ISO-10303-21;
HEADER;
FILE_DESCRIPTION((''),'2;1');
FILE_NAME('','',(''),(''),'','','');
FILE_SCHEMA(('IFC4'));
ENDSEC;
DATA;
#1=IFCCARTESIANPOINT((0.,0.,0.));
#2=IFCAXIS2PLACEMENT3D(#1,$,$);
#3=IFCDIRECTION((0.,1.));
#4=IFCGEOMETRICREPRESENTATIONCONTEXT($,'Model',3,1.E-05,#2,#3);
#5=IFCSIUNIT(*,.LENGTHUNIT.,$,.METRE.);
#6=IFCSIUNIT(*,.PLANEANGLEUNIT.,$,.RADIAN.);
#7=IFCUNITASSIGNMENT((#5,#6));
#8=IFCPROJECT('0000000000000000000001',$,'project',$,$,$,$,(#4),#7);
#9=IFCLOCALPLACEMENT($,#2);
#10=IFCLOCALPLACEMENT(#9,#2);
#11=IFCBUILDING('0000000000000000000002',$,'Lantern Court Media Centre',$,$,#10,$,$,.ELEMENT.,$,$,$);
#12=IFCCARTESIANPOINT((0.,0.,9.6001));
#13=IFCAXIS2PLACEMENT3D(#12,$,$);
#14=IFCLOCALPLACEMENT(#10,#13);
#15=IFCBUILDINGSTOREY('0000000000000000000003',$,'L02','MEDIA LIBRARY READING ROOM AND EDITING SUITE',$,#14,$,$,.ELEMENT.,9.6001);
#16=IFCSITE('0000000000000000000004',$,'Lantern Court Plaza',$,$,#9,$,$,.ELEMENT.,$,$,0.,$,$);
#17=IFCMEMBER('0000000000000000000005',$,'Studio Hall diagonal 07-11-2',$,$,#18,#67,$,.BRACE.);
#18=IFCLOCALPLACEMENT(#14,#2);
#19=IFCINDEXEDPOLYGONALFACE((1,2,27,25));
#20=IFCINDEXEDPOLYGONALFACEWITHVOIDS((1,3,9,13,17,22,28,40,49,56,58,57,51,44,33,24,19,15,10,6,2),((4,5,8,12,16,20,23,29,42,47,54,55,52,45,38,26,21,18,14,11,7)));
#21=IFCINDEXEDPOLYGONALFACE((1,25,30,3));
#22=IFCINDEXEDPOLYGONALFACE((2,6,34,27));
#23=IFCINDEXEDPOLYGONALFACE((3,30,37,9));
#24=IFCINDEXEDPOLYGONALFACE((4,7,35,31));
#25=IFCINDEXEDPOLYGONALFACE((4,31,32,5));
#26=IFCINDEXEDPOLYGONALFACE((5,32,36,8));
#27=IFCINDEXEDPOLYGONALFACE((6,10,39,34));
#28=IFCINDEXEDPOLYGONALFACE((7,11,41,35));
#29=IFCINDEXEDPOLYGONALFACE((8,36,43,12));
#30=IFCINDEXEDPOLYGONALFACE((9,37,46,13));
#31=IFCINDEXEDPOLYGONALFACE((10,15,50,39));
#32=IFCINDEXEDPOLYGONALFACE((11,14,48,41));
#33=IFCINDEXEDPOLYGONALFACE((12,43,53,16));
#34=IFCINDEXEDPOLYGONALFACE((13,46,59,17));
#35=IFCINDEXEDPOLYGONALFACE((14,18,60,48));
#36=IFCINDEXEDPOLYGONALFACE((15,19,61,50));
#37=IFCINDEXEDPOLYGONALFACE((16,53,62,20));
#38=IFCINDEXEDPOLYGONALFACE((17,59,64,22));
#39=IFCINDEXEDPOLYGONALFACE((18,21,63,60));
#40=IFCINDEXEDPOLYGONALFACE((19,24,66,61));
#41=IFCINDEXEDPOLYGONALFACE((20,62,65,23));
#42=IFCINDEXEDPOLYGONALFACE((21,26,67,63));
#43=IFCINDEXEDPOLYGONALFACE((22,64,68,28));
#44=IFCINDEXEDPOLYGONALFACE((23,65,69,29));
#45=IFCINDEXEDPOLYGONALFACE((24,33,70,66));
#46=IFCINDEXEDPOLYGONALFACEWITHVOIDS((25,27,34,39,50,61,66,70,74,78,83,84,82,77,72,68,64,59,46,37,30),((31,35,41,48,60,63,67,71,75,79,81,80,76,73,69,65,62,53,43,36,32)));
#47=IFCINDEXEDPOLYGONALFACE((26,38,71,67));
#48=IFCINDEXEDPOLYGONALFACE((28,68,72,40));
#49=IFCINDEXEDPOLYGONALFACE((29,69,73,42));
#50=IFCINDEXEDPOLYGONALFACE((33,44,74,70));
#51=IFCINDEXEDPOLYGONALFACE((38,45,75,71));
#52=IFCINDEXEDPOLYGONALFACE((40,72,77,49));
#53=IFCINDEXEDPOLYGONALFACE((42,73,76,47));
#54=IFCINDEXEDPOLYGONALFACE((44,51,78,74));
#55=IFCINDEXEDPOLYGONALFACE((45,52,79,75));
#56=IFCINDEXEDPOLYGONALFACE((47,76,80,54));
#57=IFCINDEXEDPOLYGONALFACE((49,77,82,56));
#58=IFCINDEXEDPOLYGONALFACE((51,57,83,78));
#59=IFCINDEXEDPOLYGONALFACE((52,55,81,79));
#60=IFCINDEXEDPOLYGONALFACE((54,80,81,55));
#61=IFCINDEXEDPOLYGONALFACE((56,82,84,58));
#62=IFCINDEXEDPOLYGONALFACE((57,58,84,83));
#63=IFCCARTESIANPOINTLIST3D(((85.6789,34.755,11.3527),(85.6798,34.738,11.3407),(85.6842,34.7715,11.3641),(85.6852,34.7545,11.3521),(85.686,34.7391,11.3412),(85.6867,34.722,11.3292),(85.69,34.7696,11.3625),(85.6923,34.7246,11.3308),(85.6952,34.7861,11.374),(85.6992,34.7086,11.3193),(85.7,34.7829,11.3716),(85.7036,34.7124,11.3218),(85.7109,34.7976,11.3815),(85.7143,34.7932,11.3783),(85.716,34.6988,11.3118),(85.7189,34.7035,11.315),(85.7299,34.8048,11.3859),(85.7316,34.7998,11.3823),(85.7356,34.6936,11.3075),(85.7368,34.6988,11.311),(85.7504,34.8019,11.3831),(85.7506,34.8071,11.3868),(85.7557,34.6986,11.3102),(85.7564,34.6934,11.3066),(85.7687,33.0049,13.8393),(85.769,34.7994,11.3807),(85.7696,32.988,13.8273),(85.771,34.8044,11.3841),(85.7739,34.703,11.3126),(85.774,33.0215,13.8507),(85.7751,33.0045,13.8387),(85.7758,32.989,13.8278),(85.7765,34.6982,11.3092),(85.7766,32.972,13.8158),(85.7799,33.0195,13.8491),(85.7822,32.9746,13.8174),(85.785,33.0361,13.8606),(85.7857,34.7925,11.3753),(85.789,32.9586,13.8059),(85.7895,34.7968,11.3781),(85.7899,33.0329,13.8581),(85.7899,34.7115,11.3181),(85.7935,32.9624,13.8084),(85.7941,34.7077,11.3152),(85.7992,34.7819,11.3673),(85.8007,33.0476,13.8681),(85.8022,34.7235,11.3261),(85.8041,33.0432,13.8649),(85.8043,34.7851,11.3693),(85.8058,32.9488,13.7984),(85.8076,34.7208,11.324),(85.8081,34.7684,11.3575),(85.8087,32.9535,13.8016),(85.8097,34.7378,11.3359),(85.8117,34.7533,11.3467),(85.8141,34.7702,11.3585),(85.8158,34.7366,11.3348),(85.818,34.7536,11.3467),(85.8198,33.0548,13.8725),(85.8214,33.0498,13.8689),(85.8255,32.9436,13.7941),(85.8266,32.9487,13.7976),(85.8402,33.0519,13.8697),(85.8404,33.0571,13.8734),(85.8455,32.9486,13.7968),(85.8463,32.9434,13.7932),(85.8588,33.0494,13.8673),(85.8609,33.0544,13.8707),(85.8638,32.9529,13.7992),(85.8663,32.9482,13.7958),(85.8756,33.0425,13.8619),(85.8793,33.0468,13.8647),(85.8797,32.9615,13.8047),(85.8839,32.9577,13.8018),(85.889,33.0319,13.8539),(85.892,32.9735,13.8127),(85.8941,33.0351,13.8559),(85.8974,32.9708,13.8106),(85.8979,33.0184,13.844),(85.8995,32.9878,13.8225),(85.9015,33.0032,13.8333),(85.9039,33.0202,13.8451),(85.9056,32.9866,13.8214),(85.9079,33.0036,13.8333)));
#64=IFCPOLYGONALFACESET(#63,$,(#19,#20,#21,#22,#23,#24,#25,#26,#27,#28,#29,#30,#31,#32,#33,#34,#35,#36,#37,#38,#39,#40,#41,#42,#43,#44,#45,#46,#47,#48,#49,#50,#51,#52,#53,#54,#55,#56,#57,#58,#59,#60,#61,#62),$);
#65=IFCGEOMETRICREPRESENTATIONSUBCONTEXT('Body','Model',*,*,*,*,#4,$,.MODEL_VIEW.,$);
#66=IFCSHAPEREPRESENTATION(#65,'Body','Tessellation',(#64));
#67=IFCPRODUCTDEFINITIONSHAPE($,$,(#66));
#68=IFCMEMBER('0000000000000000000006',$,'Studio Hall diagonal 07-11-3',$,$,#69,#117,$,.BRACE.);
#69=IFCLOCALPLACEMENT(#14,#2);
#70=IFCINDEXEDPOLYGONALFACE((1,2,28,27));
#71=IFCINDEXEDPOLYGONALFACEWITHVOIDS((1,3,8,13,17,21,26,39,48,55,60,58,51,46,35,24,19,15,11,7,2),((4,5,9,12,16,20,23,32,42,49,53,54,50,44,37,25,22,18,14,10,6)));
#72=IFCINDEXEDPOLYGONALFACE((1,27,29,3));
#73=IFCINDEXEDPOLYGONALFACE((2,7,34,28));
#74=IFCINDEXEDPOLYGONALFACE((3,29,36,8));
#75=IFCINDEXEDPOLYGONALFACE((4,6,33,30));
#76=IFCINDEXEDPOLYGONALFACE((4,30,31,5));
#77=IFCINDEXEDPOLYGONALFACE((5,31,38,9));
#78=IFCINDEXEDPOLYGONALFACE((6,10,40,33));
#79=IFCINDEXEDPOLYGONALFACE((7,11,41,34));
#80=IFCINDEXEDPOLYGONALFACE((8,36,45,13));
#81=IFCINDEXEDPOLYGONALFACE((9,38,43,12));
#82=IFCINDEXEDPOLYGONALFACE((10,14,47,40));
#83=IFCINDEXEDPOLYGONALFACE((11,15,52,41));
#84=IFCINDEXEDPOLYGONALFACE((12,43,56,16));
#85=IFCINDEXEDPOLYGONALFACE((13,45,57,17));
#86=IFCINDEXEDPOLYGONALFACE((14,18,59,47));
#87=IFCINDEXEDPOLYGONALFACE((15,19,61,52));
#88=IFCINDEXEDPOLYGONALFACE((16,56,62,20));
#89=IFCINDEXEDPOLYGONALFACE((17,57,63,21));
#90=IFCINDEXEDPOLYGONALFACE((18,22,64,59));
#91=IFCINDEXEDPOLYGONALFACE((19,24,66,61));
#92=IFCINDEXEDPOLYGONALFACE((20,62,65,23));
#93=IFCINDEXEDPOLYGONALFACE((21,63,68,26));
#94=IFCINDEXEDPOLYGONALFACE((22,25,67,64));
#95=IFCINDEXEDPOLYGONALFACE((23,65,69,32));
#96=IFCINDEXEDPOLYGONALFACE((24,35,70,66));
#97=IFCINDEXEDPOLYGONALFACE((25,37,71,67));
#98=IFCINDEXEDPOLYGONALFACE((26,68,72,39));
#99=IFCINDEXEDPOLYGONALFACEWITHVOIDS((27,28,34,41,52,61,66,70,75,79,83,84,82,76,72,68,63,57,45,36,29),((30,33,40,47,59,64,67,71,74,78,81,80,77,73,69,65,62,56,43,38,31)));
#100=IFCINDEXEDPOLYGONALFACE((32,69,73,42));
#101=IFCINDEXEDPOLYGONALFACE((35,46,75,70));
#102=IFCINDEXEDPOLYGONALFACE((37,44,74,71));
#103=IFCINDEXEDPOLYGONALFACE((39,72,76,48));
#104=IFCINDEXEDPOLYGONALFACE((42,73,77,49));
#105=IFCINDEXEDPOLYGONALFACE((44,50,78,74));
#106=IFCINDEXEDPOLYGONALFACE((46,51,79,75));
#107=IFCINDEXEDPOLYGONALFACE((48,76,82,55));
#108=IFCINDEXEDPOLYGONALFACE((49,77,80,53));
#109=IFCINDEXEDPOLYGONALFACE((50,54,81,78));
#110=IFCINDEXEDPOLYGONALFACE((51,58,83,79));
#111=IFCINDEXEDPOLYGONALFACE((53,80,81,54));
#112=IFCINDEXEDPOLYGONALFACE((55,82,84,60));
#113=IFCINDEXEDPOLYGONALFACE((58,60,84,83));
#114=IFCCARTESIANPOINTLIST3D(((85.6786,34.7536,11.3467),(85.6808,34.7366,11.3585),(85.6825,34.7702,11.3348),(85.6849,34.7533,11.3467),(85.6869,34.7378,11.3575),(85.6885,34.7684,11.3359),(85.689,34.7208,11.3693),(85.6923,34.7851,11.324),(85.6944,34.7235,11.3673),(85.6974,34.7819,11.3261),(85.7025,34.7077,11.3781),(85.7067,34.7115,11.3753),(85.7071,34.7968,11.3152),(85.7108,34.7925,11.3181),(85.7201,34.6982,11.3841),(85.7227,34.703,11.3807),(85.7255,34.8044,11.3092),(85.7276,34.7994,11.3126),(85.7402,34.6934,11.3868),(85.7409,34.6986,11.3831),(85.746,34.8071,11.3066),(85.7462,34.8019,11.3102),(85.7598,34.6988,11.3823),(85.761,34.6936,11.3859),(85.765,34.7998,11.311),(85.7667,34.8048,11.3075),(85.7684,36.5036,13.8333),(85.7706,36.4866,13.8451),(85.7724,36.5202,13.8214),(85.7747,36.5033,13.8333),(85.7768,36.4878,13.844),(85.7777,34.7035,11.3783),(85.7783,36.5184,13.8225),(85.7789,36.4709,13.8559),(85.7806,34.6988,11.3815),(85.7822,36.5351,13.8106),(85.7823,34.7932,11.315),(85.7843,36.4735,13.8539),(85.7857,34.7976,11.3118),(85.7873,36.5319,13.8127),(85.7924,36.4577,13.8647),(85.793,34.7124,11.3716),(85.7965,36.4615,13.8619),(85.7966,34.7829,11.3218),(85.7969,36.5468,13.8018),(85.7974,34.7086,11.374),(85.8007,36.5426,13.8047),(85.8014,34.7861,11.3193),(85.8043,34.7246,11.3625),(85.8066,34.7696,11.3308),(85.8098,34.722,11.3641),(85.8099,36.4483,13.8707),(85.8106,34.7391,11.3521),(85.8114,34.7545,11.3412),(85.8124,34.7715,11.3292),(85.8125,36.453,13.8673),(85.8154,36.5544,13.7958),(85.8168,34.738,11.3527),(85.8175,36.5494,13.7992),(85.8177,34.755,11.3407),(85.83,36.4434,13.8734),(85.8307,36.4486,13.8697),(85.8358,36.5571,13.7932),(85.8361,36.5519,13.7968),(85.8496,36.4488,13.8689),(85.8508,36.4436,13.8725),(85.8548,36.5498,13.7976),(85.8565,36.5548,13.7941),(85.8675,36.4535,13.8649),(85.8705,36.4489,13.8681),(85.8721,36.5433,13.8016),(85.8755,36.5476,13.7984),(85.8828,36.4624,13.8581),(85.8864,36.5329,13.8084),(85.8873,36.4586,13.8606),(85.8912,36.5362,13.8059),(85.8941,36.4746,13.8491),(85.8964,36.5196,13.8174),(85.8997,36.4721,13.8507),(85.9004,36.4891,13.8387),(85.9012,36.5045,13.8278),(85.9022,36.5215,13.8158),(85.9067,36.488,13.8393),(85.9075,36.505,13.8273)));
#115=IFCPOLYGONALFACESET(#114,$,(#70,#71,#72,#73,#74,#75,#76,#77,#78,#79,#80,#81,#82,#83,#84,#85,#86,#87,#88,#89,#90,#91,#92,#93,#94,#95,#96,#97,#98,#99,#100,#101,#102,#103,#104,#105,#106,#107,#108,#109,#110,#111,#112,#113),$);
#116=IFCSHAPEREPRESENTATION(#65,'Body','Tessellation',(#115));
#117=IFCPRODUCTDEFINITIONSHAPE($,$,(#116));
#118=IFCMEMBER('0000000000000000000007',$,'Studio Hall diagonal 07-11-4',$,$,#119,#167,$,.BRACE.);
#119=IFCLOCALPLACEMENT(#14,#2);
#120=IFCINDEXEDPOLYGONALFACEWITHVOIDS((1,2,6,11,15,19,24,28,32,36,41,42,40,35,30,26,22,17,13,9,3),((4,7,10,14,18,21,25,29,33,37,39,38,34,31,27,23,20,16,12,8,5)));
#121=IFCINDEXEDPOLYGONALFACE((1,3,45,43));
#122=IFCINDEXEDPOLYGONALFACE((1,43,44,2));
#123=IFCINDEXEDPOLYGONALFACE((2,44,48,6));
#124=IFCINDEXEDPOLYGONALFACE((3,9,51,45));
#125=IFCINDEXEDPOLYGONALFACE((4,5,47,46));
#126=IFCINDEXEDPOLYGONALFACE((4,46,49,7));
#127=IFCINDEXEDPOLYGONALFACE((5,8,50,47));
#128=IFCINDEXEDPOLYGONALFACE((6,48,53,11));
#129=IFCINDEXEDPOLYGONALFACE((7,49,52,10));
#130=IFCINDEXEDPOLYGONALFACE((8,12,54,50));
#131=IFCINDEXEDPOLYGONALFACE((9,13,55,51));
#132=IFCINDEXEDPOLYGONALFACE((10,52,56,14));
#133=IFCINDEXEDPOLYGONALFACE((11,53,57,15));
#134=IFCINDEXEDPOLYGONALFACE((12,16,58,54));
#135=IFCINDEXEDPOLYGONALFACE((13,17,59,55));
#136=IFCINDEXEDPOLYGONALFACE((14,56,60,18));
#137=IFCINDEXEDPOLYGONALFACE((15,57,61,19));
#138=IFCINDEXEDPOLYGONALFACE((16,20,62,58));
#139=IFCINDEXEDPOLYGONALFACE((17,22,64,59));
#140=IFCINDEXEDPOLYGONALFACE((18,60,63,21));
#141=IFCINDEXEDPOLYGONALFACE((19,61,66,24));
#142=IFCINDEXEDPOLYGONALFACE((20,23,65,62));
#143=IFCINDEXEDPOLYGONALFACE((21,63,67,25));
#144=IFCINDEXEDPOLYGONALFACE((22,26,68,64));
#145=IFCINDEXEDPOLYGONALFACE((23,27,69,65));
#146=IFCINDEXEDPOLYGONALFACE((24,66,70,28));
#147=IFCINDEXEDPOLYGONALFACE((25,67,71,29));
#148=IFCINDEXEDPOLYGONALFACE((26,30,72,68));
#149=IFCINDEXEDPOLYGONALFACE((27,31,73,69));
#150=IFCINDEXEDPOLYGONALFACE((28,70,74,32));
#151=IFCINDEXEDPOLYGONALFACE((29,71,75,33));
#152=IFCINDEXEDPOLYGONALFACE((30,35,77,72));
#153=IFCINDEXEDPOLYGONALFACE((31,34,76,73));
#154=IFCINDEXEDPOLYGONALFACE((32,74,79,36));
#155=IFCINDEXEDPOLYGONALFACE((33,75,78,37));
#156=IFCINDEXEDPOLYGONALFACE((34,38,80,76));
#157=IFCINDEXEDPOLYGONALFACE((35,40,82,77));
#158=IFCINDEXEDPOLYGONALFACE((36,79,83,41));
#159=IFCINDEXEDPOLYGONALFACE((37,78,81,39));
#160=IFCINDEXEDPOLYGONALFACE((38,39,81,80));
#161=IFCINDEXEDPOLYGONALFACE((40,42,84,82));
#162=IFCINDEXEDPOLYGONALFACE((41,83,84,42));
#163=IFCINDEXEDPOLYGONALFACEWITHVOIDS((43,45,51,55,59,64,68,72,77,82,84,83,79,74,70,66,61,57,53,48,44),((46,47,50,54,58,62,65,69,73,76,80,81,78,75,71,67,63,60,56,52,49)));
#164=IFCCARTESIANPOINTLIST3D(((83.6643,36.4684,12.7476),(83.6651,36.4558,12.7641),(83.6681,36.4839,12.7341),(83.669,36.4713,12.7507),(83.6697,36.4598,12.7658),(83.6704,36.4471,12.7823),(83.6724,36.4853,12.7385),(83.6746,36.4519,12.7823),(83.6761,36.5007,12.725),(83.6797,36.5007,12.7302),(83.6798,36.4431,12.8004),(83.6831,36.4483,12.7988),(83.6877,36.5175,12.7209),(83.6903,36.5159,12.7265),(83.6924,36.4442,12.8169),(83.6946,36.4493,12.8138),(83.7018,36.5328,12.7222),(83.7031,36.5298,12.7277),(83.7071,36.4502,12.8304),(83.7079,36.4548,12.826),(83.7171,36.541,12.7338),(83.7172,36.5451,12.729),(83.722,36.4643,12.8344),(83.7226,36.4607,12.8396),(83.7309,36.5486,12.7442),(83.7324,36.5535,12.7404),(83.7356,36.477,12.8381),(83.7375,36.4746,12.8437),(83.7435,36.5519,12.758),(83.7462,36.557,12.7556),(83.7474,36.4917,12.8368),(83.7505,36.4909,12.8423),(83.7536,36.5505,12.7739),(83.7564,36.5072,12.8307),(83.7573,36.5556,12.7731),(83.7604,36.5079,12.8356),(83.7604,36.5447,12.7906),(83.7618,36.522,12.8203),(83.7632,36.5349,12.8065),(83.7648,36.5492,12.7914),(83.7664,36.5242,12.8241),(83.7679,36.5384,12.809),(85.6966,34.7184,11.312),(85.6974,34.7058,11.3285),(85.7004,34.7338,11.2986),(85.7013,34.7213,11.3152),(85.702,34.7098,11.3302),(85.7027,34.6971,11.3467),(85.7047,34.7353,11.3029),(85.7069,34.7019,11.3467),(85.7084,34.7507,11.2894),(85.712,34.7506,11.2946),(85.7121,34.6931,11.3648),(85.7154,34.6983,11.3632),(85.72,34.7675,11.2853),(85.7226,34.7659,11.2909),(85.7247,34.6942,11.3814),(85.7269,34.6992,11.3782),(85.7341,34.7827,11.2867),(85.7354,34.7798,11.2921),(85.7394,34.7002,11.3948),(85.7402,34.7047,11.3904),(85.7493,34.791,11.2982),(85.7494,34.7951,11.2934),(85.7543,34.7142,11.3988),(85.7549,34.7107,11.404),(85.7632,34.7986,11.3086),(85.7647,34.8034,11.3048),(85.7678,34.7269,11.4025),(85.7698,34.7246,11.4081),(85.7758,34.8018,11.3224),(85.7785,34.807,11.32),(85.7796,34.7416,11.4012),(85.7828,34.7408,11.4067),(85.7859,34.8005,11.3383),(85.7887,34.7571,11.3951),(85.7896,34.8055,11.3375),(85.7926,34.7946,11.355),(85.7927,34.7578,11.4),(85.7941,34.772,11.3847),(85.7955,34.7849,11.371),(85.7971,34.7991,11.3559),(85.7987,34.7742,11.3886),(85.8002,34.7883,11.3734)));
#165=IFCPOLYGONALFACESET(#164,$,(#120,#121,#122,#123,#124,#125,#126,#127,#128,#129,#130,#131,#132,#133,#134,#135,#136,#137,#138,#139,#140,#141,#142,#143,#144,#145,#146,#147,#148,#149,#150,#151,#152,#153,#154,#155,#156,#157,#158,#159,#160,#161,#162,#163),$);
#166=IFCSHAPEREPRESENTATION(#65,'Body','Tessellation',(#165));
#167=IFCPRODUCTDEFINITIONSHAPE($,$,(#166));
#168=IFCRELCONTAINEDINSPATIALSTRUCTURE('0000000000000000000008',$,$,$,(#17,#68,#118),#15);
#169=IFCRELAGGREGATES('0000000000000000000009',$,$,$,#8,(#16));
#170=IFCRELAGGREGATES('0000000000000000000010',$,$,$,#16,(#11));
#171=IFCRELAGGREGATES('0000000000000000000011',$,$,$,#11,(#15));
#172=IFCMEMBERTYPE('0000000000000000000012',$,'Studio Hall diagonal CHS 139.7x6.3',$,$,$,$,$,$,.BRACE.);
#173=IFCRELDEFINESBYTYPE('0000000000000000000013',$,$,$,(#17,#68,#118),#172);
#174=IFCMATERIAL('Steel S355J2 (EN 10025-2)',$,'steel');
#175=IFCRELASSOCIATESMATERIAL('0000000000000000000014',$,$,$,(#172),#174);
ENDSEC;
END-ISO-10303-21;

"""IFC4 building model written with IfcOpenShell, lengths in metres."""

from ifc_helpers import new_model, si_unit, direction, frame, origin, origin_2d, place, context, subcontext, project, spatial, hollow_circle, extrude, material, material_profile, profile_set, type_object, element, save


model = new_model("IFC4")

# Units and contexts
model_context = context("Model", 3, precision=1e-05, world=origin(), true_north=direction((0.0, 1.0)))
body_context = subcontext(model_context, "Body", "Model", "MODEL_VIEW")
ifc_project = project(units=[si_unit("LENGTHUNIT", "METRE"), si_unit("PLANEANGLEUNIT", "RADIAN")], contexts=[model_context])

# Site, building, storey
site_placement = place(None, origin())
site = spatial("IfcSite", under=ifc_project, at=site_placement, Name="Lantern Court Plaza", CompositionType="ELEMENT", RefElevation=0.0)
building_placement = place(site_placement, origin())
building = spatial("IfcBuilding", under=site, at=building_placement, Name="Lantern Court Media Centre", CompositionType="ELEMENT")
storey_placement = place(building_placement, frame((0.0, 0.0, 9.6001)))
storey = spatial("IfcBuildingStorey", under=building, at=storey_placement, Name="L02", Description="MEDIA LIBRARY READING ROOM AND EDITING SUITE", CompositionType="ELEMENT", Elevation=9.6001)

# Members
ifc_material = material(Name="Steel S355J2 (EN 10025-2)", Category="steel")
ifc_material_profile_1 = material_profile(ifc_material, hollow_circle(Radius=0.0698, WallThickness=0.0063, at=origin_2d()), Name="Studio Hall diagonal CHS 139.7x6.3")
ifc_profile_set_1 = profile_set([ifc_material_profile_1], Name="Steel S355J2 (EN 10025-2)")
member_type_1 = type_object("IfcMemberType", Name="Studio Hall diagonal CHS 139.7x6.3", PredefinedType="BRACE", material=ifc_profile_set_1)
for number, where, z_axis, x_axis, name in (
    (1, (85.7483, 34.75, 11.3467), (0.029535, -0.575284, 0.81742), (0.998685, 0.051272, 0.0), "Studio Hall diagonal 07-11-2"),
    (2, (85.7483, 34.75, 11.3467), (0.029535, 0.575284, 0.81742), (-0.998685, 0.051272, 0.0), "Studio Hall diagonal 07-11-3"),
    (3, (85.7483, 34.75, 11.3467), (-0.668075, 0.575296, 0.471922), (-0.652529, -0.757764, 0.0), "Studio Hall diagonal 07-11-4"),
):
    element("IfcMember", number, at=place(storey_placement, frame(where, z_axis=z_axis, x_axis=x_axis)), inside=storey, type_object=member_type_1, Name=name, PredefinedType="BRACE", context=body_context, shape_type="SweptSolid", body=[
        extrude(hollow_circle(Radius=0.0698, WallThickness=0.0063, at=origin_2d()), origin(), (0.0, 0.0, 1.0), 3.042),
    ])

save(model, "model.ifc")
